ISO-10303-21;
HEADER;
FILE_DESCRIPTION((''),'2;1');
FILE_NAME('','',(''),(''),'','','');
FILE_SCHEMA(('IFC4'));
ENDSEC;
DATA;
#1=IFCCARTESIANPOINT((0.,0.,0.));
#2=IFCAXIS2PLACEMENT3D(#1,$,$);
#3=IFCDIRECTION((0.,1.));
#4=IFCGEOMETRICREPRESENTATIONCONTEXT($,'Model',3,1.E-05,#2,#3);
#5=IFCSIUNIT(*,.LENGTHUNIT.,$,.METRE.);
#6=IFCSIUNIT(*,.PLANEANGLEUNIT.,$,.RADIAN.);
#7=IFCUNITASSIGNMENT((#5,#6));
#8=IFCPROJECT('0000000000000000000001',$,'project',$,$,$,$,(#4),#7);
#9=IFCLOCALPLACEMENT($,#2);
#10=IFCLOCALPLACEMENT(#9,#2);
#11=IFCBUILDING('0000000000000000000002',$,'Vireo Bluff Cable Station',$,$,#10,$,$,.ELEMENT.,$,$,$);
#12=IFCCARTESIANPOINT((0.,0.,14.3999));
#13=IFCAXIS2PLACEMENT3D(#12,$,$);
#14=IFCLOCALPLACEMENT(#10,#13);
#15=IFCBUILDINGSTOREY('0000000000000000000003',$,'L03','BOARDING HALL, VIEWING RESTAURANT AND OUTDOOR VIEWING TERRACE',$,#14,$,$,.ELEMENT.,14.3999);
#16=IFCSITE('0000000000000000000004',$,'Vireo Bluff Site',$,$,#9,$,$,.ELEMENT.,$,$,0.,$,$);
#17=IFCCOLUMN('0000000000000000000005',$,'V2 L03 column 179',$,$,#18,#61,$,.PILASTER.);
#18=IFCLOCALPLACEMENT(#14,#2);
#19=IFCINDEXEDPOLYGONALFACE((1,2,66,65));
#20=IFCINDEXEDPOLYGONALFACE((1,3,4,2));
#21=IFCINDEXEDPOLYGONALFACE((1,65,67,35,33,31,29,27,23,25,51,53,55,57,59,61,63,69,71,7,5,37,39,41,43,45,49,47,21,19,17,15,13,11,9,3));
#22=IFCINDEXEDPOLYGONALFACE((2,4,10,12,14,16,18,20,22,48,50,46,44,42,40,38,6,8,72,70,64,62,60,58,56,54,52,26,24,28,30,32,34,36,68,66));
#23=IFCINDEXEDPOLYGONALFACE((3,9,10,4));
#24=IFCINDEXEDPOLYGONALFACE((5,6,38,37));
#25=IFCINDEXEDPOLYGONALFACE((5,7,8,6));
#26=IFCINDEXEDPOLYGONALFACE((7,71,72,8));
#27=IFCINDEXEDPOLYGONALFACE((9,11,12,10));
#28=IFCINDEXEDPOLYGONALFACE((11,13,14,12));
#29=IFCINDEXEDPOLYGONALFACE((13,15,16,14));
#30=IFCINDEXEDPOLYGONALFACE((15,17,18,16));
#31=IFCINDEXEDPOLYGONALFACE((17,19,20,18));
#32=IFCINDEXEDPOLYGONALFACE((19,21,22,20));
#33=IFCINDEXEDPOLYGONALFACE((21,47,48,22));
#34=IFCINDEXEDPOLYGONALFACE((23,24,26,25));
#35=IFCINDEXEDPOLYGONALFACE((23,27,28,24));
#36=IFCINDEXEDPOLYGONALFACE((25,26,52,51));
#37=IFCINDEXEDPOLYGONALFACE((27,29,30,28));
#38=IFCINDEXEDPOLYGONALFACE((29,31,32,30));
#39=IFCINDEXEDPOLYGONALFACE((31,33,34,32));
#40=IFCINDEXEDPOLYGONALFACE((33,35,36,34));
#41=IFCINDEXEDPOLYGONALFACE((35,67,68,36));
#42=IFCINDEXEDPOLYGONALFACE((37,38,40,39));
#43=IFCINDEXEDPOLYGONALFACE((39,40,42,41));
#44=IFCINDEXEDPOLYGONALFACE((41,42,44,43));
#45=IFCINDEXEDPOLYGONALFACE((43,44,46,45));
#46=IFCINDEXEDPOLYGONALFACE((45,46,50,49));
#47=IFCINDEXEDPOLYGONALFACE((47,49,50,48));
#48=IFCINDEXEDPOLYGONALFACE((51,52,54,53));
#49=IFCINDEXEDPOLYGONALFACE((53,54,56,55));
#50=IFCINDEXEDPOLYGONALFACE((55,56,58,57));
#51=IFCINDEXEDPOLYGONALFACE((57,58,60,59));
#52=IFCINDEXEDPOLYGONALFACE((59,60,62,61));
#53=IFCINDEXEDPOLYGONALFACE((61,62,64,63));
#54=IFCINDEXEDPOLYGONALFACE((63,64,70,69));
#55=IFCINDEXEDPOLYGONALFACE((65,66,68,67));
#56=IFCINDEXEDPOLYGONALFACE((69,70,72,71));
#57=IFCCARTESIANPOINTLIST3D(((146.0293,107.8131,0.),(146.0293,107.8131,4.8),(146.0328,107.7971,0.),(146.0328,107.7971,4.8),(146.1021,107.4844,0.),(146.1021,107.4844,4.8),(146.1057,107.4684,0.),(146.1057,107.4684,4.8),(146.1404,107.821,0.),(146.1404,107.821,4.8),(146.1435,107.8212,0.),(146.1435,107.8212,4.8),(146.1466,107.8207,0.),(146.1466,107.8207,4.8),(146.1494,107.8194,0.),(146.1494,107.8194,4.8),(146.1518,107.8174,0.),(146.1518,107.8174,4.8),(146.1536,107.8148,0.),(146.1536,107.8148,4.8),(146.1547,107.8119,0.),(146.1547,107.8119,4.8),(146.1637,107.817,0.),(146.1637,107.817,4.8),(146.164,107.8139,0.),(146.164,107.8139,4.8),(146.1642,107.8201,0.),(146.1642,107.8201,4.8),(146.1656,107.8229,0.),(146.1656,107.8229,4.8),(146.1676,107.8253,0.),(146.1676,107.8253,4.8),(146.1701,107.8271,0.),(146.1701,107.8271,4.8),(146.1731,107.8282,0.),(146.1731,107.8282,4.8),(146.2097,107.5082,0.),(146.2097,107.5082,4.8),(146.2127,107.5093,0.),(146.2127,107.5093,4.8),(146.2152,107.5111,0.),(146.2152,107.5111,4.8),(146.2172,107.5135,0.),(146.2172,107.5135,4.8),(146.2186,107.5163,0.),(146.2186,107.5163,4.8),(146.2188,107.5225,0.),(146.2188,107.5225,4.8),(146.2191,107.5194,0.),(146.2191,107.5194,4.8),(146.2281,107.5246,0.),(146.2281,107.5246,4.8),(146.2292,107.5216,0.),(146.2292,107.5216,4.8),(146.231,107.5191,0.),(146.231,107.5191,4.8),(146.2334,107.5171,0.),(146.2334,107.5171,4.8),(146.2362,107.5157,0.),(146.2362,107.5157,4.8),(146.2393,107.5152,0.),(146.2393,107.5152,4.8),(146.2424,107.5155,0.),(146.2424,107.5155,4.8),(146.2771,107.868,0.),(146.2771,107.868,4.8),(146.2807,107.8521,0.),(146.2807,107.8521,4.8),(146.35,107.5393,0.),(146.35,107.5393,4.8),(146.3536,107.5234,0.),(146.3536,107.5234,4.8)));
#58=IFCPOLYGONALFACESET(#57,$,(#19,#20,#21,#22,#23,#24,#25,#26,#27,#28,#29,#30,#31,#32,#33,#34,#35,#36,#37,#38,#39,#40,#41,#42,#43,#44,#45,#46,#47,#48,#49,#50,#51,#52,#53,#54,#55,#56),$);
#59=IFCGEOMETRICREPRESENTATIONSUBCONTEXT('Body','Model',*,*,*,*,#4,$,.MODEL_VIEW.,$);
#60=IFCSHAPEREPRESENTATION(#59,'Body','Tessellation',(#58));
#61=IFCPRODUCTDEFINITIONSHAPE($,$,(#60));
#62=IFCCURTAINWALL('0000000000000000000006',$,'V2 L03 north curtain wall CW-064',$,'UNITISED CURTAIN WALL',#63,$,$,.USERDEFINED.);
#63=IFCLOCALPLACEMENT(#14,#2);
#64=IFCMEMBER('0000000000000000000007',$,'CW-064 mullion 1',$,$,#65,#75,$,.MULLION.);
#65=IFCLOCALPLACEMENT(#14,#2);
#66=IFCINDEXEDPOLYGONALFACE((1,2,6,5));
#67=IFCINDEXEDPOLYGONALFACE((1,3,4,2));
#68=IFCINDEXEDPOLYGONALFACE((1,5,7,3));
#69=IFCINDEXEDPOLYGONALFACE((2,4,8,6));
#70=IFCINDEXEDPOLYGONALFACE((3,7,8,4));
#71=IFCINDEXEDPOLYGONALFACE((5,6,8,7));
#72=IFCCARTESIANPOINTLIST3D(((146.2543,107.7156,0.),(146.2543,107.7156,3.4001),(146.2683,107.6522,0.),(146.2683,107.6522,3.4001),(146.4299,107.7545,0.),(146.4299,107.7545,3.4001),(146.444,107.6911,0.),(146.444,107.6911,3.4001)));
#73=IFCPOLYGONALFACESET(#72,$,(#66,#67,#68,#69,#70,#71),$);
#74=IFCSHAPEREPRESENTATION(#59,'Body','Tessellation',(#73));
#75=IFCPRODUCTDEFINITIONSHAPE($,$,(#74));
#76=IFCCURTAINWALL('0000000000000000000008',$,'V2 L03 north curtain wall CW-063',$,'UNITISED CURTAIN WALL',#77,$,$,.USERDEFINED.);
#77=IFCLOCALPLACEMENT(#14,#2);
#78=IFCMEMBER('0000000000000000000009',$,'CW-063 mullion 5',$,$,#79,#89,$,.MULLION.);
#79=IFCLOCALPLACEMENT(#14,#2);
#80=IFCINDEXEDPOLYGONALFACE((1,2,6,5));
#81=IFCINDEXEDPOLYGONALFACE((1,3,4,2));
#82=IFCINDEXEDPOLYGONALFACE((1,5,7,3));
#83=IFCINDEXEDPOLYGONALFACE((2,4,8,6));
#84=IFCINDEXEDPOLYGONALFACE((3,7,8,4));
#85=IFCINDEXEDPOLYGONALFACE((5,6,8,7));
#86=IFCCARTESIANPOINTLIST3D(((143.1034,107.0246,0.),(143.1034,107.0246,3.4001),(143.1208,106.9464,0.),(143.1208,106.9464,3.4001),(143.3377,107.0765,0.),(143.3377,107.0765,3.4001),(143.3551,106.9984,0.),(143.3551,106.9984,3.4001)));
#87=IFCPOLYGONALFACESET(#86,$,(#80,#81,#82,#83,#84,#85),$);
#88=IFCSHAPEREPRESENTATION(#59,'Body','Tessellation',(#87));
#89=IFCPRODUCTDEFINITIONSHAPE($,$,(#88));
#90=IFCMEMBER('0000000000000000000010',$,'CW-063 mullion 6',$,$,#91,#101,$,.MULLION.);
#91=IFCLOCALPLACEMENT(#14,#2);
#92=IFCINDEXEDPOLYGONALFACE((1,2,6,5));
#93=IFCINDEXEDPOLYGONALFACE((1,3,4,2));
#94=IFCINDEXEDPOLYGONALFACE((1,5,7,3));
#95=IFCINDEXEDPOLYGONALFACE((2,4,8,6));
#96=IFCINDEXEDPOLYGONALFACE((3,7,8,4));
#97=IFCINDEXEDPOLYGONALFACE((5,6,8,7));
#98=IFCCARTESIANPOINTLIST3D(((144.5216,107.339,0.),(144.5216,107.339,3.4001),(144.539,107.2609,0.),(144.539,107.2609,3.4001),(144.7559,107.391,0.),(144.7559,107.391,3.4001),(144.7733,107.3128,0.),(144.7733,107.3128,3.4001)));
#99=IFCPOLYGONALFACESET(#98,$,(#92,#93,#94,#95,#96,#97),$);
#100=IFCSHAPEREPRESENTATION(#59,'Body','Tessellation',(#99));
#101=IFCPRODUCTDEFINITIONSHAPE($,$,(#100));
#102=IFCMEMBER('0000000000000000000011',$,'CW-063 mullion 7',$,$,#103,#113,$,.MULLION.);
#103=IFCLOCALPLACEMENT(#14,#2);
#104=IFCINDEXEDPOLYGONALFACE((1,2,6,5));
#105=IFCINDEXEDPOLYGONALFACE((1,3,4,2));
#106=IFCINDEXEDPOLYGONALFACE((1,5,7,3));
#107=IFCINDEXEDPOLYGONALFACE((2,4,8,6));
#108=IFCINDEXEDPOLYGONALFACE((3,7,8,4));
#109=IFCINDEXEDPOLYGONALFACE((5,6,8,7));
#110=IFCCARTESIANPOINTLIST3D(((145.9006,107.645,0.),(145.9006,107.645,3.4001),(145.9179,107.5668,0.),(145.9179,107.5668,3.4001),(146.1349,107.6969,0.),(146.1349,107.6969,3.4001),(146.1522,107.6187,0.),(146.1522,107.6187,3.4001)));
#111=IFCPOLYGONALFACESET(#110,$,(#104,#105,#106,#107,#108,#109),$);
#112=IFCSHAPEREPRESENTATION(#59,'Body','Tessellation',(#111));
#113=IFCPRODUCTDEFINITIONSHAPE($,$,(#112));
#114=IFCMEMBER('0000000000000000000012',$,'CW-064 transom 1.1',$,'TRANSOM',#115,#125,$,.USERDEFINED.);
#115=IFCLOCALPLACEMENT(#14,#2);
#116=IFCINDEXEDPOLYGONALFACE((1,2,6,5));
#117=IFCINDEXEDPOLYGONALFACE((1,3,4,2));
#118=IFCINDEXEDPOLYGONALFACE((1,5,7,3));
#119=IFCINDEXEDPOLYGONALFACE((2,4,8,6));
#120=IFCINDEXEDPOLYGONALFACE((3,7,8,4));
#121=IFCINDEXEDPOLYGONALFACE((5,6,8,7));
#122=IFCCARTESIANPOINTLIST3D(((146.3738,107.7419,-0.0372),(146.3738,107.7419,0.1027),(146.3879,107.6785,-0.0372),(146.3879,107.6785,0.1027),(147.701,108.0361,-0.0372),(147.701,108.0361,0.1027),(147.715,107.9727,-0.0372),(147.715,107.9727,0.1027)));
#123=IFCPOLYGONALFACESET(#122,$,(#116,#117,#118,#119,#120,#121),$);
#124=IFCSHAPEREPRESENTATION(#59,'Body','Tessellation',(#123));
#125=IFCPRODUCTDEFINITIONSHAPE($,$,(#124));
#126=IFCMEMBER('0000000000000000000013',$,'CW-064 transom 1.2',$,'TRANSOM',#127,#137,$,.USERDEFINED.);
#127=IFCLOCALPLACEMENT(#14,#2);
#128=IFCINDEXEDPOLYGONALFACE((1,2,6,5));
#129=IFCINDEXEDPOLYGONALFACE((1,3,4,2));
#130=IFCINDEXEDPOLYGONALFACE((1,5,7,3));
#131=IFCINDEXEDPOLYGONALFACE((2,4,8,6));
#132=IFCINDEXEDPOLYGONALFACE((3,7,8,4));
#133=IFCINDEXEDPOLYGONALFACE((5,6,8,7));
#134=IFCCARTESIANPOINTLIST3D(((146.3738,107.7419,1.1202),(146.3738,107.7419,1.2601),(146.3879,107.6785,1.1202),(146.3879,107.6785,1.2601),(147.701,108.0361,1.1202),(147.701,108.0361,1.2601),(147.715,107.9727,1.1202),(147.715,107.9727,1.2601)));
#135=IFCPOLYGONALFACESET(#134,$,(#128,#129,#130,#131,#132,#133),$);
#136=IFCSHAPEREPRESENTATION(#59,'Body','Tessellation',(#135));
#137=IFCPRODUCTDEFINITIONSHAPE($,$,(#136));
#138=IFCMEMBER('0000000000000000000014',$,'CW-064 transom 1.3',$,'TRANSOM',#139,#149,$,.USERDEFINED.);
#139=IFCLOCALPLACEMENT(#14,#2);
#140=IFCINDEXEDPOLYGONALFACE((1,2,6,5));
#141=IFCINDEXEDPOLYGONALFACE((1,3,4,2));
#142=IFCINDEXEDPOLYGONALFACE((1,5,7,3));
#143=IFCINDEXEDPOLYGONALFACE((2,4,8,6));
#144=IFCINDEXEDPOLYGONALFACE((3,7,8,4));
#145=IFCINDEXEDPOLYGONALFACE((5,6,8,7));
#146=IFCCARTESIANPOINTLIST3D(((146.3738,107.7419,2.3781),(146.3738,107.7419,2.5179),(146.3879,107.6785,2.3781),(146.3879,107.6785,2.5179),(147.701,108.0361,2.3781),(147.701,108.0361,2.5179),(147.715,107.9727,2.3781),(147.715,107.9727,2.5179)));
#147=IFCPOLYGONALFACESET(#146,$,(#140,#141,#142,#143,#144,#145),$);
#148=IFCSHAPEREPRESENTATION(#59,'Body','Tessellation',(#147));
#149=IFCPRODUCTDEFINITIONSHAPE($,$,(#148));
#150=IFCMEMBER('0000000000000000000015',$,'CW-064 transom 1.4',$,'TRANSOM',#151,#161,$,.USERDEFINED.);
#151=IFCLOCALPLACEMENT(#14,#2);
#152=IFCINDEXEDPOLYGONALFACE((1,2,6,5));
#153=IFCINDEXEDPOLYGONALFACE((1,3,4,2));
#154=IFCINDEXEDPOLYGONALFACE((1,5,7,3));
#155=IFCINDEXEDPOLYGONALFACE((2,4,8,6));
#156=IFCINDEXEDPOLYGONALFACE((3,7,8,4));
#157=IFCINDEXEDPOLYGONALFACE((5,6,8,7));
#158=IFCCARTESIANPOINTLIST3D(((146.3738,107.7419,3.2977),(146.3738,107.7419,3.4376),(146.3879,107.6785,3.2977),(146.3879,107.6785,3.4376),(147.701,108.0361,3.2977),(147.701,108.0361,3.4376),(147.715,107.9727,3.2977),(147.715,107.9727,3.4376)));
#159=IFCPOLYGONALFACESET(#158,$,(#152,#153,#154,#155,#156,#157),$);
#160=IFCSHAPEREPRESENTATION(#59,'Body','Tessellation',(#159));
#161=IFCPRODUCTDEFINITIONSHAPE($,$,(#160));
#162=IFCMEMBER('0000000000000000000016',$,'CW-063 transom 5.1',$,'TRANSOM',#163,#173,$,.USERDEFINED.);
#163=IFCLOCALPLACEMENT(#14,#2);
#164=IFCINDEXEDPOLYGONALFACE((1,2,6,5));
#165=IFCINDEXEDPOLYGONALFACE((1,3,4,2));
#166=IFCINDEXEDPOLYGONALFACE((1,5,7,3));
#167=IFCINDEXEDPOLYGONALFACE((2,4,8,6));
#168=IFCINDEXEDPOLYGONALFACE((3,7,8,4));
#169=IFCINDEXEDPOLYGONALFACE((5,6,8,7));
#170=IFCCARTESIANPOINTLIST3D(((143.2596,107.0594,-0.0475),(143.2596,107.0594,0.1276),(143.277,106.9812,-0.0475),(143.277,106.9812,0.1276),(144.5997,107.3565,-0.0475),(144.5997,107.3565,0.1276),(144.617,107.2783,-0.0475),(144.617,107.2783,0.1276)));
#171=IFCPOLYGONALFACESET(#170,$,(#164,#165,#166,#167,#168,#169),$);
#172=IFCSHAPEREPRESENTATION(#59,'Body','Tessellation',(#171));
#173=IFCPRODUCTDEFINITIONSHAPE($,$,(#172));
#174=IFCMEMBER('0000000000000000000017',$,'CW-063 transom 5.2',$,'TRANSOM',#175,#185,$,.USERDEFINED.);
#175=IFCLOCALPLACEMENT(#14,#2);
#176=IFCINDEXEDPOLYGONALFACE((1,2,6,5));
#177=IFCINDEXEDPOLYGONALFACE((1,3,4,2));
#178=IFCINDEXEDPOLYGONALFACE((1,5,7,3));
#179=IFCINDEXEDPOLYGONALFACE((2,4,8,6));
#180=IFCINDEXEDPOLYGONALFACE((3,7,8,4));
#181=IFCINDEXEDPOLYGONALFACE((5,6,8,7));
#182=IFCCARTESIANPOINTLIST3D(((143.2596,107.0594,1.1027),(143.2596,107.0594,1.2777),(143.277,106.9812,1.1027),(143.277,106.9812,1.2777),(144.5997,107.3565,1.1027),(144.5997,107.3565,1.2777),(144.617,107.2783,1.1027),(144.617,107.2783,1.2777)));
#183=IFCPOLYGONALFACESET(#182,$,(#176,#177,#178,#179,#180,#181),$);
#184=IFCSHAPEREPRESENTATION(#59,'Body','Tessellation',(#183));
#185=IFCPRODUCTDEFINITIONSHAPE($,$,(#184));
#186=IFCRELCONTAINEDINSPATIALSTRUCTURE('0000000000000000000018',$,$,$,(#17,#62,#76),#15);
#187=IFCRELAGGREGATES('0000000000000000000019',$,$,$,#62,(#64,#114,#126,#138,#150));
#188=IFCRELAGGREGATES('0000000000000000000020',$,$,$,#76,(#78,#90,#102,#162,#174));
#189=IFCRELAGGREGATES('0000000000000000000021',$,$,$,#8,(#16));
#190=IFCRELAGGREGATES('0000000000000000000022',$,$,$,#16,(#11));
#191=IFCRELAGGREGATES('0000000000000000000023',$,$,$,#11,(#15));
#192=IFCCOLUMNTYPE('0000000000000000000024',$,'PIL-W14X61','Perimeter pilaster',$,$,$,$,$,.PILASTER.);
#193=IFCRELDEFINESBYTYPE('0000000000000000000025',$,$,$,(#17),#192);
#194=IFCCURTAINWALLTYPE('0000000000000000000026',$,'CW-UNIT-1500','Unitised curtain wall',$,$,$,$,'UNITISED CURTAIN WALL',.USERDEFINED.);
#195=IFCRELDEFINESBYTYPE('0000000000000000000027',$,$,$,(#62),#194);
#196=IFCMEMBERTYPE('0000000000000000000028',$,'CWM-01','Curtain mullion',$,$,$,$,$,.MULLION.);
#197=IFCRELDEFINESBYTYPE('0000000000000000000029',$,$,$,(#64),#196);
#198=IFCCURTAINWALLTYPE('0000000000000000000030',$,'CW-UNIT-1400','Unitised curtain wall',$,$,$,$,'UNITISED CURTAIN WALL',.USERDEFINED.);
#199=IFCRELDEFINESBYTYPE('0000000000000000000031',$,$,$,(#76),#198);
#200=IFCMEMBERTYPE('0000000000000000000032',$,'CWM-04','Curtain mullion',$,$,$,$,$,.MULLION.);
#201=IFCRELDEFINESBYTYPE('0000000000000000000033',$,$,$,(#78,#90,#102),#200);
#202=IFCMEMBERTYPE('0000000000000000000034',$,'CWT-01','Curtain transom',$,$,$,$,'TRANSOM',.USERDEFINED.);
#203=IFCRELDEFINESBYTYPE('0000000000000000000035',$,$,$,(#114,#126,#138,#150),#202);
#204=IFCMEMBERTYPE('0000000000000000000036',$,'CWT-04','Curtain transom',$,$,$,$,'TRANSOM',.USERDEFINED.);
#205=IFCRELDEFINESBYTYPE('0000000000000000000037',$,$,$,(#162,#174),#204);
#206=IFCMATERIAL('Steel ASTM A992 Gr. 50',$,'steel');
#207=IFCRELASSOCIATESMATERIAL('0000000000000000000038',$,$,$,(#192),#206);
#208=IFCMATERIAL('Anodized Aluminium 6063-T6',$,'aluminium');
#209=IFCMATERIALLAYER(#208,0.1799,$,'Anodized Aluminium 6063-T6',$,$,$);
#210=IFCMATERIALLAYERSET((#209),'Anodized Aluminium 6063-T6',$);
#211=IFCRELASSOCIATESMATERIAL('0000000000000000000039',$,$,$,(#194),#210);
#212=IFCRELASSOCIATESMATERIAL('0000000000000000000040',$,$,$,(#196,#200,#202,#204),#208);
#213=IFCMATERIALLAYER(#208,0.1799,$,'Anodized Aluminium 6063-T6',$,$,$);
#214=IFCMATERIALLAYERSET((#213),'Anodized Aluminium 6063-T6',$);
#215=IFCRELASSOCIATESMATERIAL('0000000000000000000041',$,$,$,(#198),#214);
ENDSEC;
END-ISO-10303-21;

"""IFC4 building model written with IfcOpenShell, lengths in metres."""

from ifc_helpers import new_model, si_unit, direction, frame, origin, origin_2d, place, context, subcontext, project, spatial, rectangle, i_section, extrude, material, layer, layer_set, material_profile, profile_set, type_object, element, aggregate, save


model = new_model("IFC4")

# Units and contexts
model_context = context("Model", 3, precision=1e-05, world=origin(), true_north=direction((0.0, 1.0)))
body_context = subcontext(model_context, "Body", "Model", "MODEL_VIEW")
ifc_project = project(units=[si_unit("LENGTHUNIT", "METRE"), si_unit("PLANEANGLEUNIT", "RADIAN")], contexts=[model_context])

# Site, building, storey
site_placement = place(None, origin())
site = spatial("IfcSite", under=ifc_project, at=site_placement, Name="Vireo Bluff Site", CompositionType="ELEMENT", RefElevation=0.0)
building_placement = place(site_placement, origin())
building = spatial("IfcBuilding", under=site, at=building_placement, Name="Vireo Bluff Cable Station", CompositionType="ELEMENT")
storey_placement = place(building_placement, frame((0.0, 0.0, 14.3999)))
storey = spatial("IfcBuildingStorey", under=building, at=storey_placement, Name="L03", Description="BOARDING HALL, VIEWING RESTAURANT AND OUTDOOR VIEWING TERRACE", CompositionType="ELEMENT", Elevation=14.3999)

# Column
ifc_material_1 = material(Name="Steel ASTM A992 Gr. 50", Category="steel")
ifc_material_profile_1 = material_profile(ifc_material_1, i_section(OverallWidth=0.2539, OverallDepth=0.353, WebThickness=0.0095, FlangeThickness=0.0164, FilletRadius=0.012, at=origin_2d()), Name="W14X61")
ifc_profile_set_1 = profile_set([ifc_material_profile_1], Name="Steel ASTM A992 Gr. 50")
column_type = type_object("IfcColumnType", Name="PIL-W14X61", Description="Perimeter pilaster", PredefinedType="PILASTER", material=ifc_profile_set_1)
column_placement = place(storey_placement, frame((146.1914, 107.6682, 0.0), z_axis=(0.0, 0.0, 1.0), x_axis=(0.976296, 0.21644, 0.0)))
element("IfcColumn", 1, at=column_placement, inside=storey, type_object=column_type, Name="V2 L03 column 179", PredefinedType="PILASTER", context=body_context, shape_type="SweptSolid", body=[
    extrude(i_section(OverallWidth=0.2539, OverallDepth=0.353, WebThickness=0.0095, FlangeThickness=0.0164, FilletRadius=0.012, at=origin_2d()), origin(), (0.0, 0.0, 1.0), 4.8),
])

# Curtain wall, member
ifc_material_2 = material(Name="Anodized Aluminium 6063-T6", Category="aluminium")
ifc_layer_1 = layer(ifc_material_2, 0.1799, Name="Anodized Aluminium 6063-T6")
ifc_layer_set_1 = layer_set([ifc_layer_1], Name="Anodized Aluminium 6063-T6")
curtain_wall_type_1 = type_object("IfcCurtainWallType", Name="CW-UNIT-1500", Description="Unitised curtain wall", ElementType="UNITISED CURTAIN WALL", PredefinedType="USERDEFINED", material=ifc_layer_set_1)
curtain_wall_1_placement = place(storey_placement, origin())
curtain_wall_1 = element("IfcCurtainWall", 2, at=curtain_wall_1_placement, inside=storey, type_object=curtain_wall_type_1, Name="V2 L03 north curtain wall CW-064", ObjectType="UNITISED CURTAIN WALL", PredefinedType="USERDEFINED")
ifc_material_profile_2 = material_profile(ifc_material_2, rectangle(XDim=0.0649, YDim=0.1799, at=origin_2d()), Name="ALU-M-65X180")
ifc_profile_set_2 = profile_set([ifc_material_profile_2], Name="Anodized Aluminium 6063-T6")
member_type_1 = type_object("IfcMemberType", Name="CWM-01", Description="Curtain mullion", PredefinedType="MULLION", material=ifc_profile_set_2)
member_1_placement = place(storey_placement, frame((146.3491, 107.7034, 0.0), z_axis=(0.0, 0.0, 1.0), x_axis=(-0.21644, 0.976296, 0.0)))
member_1 = element("IfcMember", 3, at=member_1_placement, type_object=member_type_1, Name="CW-064 mullion 1", PredefinedType="MULLION", context=body_context, shape_type="SweptSolid", body=[
    extrude(rectangle(XDim=0.0649, YDim=0.1799, at=origin_2d()), origin(), (0.0, 0.0, 1.0), 3.4001),
])

# Curtain wall, members
ifc_layer_2 = layer(ifc_material_2, 0.1799, Name="Anodized Aluminium 6063-T6")
ifc_layer_set_2 = layer_set([ifc_layer_2], Name="Anodized Aluminium 6063-T6")
curtain_wall_type_2 = type_object("IfcCurtainWallType", Name="CW-UNIT-1400", Description="Unitised curtain wall", ElementType="UNITISED CURTAIN WALL", PredefinedType="USERDEFINED", material=ifc_layer_set_2)
curtain_wall_2_placement = place(storey_placement, origin())
curtain_wall_2 = element("IfcCurtainWall", 4, at=curtain_wall_2_placement, inside=storey, type_object=curtain_wall_type_2, Name="V2 L03 north curtain wall CW-063", ObjectType="UNITISED CURTAIN WALL", PredefinedType="USERDEFINED")
ifc_material_profile_3 = material_profile(ifc_material_2, rectangle(XDim=0.0801, YDim=0.24, at=origin_2d()), Name="ALU-M-80X240")
ifc_profile_set_3 = profile_set([ifc_material_profile_3], Name="Anodized Aluminium 6063-T6")
member_type_2 = type_object("IfcMemberType", Name="CWM-04", Description="Curtain mullion", PredefinedType="MULLION", material=ifc_profile_set_3)
member_2_placement = place(storey_placement, frame((143.2292, 107.0115, 0.0), z_axis=(0.0, 0.0, 1.0), x_axis=(-0.21644, 0.976296, 0.0)))
member_2 = element("IfcMember", 5, at=member_2_placement, type_object=member_type_2, Name="CW-063 mullion 5", PredefinedType="MULLION", context=body_context, shape_type="SweptSolid", body=[
    extrude(rectangle(XDim=0.0801, YDim=0.24, at=origin_2d()), origin(), (0.0, 0.0, 1.0), 3.4001),
])
member_3_placement = place(storey_placement, frame((144.6475, 107.3259, 0.0), z_axis=(0.0, 0.0, 1.0), x_axis=(-0.21644, 0.976296, 0.0)))
member_3 = element("IfcMember", 6, at=member_3_placement, type_object=member_type_2, Name="CW-063 mullion 6", PredefinedType="MULLION", context=body_context, shape_type="SweptSolid", body=[
    extrude(rectangle(XDim=0.0801, YDim=0.24, at=origin_2d()), origin(), (0.0, 0.0, 1.0), 3.4001),
])
member_4_placement = place(storey_placement, frame((146.0264, 107.6318, 0.0), z_axis=(0.0, 0.0, 1.0), x_axis=(-0.21644, 0.976296, 0.0)))
member_4 = element("IfcMember", 7, at=member_4_placement, type_object=member_type_2, Name="CW-063 mullion 7", PredefinedType="MULLION", context=body_context, shape_type="SweptSolid", body=[
    extrude(rectangle(XDim=0.0801, YDim=0.24, at=origin_2d()), origin(), (0.0, 0.0, 1.0), 3.4001),
])

# Members
ifc_material_profile_4 = material_profile(ifc_material_2, rectangle(XDim=0.0649, YDim=0.1399, at=origin_2d()), Name="ALU-T-65X140")
ifc_profile_set_4 = profile_set([ifc_material_profile_4], Name="Anodized Aluminium 6063-T6")
member_type_3 = type_object("IfcMemberType", Name="CWT-01", Description="Curtain transom", ElementType="TRANSOM", PredefinedType="USERDEFINED", material=ifc_profile_set_4)
member_5_placement = place(storey_placement, frame((146.3809, 107.7102, 0.0327), z_axis=(0.976301, 0.216417, 0.0), x_axis=(-0.216417, 0.976301, 0.0)))
member_5 = element("IfcMember", 8, at=member_5_placement, type_object=member_type_3, Name="CW-064 transom 1.1", ObjectType="TRANSOM", PredefinedType="USERDEFINED", context=body_context, shape_type="SweptSolid", body=[
    extrude(rectangle(XDim=0.0649, YDim=0.1399, at=origin_2d()), origin(), (0.0, 0.0, 1.0), 1.3594),
])
member_6_placement = place(storey_placement, frame((146.3809, 107.7102, 1.1902), z_axis=(0.976301, 0.216417, 0.0), x_axis=(-0.216417, 0.976301, 0.0)))
member_6 = element("IfcMember", 9, at=member_6_placement, type_object=member_type_3, Name="CW-064 transom 1.2", ObjectType="TRANSOM", PredefinedType="USERDEFINED", context=body_context, shape_type="SweptSolid", body=[
    extrude(rectangle(XDim=0.0649, YDim=0.1399, at=origin_2d()), origin(), (0.0, 0.0, 1.0), 1.3594),
])
member_7_placement = place(storey_placement, frame((146.3809, 107.7102, 2.448), z_axis=(0.976301, 0.216417, 0.0), x_axis=(-0.216417, 0.976301, 0.0)))
member_7 = element("IfcMember", 10, at=member_7_placement, type_object=member_type_3, Name="CW-064 transom 1.3", ObjectType="TRANSOM", PredefinedType="USERDEFINED", context=body_context, shape_type="SweptSolid", body=[
    extrude(rectangle(XDim=0.0649, YDim=0.1399, at=origin_2d()), origin(), (0.0, 0.0, 1.0), 1.3594),
])
member_8_placement = place(storey_placement, frame((146.3809, 107.7102, 3.3677), z_axis=(0.976301, 0.216417, 0.0), x_axis=(-0.216417, 0.976301, 0.0)))
member_8 = element("IfcMember", 11, at=member_8_placement, type_object=member_type_3, Name="CW-064 transom 1.4", ObjectType="TRANSOM", PredefinedType="USERDEFINED", context=body_context, shape_type="SweptSolid", body=[
    extrude(rectangle(XDim=0.0649, YDim=0.1399, at=origin_2d()), origin(), (0.0, 0.0, 1.0), 1.3594),
])
aggregate(curtain_wall_1, [member_1, member_5, member_6, member_7, member_8])
ifc_material_profile_5 = material_profile(ifc_material_2, rectangle(XDim=0.0801, YDim=0.175, at=origin_2d()), Name="ALU-T-80X175")
ifc_profile_set_5 = profile_set([ifc_material_profile_5], Name="Anodized Aluminium 6063-T6")
member_type_4 = type_object("IfcMemberType", Name="CWT-04", Description="Curtain transom", ElementType="TRANSOM", PredefinedType="USERDEFINED", material=ifc_profile_set_5)
member_9_placement = place(storey_placement, frame((143.2683, 107.0203, 0.04), z_axis=(0.976292, 0.21646, 0.0), x_axis=(-0.21646, 0.976292, 0.0)))
member_9 = element("IfcMember", 12, at=member_9_placement, type_object=member_type_4, Name="CW-063 transom 5.1", ObjectType="TRANSOM", PredefinedType="USERDEFINED", context=body_context, shape_type="SweptSolid", body=[
    extrude(rectangle(XDim=0.0801, YDim=0.175, at=origin_2d()), origin(), (0.0, 0.0, 1.0), 1.3726),
])
member_10_placement = place(storey_placement, frame((143.2683, 107.0203, 1.1902), z_axis=(0.976292, 0.21646, 0.0), x_axis=(-0.21646, 0.976292, 0.0)))
member_10 = element("IfcMember", 13, at=member_10_placement, type_object=member_type_4, Name="CW-063 transom 5.2", ObjectType="TRANSOM", PredefinedType="USERDEFINED", context=body_context, shape_type="SweptSolid", body=[
    extrude(rectangle(XDim=0.0801, YDim=0.175, at=origin_2d()), origin(), (0.0, 0.0, 1.0), 1.3726),
])

aggregate(curtain_wall_2, [member_2, member_3, member_4, member_9, member_10])

save(model, "model.ifc")
